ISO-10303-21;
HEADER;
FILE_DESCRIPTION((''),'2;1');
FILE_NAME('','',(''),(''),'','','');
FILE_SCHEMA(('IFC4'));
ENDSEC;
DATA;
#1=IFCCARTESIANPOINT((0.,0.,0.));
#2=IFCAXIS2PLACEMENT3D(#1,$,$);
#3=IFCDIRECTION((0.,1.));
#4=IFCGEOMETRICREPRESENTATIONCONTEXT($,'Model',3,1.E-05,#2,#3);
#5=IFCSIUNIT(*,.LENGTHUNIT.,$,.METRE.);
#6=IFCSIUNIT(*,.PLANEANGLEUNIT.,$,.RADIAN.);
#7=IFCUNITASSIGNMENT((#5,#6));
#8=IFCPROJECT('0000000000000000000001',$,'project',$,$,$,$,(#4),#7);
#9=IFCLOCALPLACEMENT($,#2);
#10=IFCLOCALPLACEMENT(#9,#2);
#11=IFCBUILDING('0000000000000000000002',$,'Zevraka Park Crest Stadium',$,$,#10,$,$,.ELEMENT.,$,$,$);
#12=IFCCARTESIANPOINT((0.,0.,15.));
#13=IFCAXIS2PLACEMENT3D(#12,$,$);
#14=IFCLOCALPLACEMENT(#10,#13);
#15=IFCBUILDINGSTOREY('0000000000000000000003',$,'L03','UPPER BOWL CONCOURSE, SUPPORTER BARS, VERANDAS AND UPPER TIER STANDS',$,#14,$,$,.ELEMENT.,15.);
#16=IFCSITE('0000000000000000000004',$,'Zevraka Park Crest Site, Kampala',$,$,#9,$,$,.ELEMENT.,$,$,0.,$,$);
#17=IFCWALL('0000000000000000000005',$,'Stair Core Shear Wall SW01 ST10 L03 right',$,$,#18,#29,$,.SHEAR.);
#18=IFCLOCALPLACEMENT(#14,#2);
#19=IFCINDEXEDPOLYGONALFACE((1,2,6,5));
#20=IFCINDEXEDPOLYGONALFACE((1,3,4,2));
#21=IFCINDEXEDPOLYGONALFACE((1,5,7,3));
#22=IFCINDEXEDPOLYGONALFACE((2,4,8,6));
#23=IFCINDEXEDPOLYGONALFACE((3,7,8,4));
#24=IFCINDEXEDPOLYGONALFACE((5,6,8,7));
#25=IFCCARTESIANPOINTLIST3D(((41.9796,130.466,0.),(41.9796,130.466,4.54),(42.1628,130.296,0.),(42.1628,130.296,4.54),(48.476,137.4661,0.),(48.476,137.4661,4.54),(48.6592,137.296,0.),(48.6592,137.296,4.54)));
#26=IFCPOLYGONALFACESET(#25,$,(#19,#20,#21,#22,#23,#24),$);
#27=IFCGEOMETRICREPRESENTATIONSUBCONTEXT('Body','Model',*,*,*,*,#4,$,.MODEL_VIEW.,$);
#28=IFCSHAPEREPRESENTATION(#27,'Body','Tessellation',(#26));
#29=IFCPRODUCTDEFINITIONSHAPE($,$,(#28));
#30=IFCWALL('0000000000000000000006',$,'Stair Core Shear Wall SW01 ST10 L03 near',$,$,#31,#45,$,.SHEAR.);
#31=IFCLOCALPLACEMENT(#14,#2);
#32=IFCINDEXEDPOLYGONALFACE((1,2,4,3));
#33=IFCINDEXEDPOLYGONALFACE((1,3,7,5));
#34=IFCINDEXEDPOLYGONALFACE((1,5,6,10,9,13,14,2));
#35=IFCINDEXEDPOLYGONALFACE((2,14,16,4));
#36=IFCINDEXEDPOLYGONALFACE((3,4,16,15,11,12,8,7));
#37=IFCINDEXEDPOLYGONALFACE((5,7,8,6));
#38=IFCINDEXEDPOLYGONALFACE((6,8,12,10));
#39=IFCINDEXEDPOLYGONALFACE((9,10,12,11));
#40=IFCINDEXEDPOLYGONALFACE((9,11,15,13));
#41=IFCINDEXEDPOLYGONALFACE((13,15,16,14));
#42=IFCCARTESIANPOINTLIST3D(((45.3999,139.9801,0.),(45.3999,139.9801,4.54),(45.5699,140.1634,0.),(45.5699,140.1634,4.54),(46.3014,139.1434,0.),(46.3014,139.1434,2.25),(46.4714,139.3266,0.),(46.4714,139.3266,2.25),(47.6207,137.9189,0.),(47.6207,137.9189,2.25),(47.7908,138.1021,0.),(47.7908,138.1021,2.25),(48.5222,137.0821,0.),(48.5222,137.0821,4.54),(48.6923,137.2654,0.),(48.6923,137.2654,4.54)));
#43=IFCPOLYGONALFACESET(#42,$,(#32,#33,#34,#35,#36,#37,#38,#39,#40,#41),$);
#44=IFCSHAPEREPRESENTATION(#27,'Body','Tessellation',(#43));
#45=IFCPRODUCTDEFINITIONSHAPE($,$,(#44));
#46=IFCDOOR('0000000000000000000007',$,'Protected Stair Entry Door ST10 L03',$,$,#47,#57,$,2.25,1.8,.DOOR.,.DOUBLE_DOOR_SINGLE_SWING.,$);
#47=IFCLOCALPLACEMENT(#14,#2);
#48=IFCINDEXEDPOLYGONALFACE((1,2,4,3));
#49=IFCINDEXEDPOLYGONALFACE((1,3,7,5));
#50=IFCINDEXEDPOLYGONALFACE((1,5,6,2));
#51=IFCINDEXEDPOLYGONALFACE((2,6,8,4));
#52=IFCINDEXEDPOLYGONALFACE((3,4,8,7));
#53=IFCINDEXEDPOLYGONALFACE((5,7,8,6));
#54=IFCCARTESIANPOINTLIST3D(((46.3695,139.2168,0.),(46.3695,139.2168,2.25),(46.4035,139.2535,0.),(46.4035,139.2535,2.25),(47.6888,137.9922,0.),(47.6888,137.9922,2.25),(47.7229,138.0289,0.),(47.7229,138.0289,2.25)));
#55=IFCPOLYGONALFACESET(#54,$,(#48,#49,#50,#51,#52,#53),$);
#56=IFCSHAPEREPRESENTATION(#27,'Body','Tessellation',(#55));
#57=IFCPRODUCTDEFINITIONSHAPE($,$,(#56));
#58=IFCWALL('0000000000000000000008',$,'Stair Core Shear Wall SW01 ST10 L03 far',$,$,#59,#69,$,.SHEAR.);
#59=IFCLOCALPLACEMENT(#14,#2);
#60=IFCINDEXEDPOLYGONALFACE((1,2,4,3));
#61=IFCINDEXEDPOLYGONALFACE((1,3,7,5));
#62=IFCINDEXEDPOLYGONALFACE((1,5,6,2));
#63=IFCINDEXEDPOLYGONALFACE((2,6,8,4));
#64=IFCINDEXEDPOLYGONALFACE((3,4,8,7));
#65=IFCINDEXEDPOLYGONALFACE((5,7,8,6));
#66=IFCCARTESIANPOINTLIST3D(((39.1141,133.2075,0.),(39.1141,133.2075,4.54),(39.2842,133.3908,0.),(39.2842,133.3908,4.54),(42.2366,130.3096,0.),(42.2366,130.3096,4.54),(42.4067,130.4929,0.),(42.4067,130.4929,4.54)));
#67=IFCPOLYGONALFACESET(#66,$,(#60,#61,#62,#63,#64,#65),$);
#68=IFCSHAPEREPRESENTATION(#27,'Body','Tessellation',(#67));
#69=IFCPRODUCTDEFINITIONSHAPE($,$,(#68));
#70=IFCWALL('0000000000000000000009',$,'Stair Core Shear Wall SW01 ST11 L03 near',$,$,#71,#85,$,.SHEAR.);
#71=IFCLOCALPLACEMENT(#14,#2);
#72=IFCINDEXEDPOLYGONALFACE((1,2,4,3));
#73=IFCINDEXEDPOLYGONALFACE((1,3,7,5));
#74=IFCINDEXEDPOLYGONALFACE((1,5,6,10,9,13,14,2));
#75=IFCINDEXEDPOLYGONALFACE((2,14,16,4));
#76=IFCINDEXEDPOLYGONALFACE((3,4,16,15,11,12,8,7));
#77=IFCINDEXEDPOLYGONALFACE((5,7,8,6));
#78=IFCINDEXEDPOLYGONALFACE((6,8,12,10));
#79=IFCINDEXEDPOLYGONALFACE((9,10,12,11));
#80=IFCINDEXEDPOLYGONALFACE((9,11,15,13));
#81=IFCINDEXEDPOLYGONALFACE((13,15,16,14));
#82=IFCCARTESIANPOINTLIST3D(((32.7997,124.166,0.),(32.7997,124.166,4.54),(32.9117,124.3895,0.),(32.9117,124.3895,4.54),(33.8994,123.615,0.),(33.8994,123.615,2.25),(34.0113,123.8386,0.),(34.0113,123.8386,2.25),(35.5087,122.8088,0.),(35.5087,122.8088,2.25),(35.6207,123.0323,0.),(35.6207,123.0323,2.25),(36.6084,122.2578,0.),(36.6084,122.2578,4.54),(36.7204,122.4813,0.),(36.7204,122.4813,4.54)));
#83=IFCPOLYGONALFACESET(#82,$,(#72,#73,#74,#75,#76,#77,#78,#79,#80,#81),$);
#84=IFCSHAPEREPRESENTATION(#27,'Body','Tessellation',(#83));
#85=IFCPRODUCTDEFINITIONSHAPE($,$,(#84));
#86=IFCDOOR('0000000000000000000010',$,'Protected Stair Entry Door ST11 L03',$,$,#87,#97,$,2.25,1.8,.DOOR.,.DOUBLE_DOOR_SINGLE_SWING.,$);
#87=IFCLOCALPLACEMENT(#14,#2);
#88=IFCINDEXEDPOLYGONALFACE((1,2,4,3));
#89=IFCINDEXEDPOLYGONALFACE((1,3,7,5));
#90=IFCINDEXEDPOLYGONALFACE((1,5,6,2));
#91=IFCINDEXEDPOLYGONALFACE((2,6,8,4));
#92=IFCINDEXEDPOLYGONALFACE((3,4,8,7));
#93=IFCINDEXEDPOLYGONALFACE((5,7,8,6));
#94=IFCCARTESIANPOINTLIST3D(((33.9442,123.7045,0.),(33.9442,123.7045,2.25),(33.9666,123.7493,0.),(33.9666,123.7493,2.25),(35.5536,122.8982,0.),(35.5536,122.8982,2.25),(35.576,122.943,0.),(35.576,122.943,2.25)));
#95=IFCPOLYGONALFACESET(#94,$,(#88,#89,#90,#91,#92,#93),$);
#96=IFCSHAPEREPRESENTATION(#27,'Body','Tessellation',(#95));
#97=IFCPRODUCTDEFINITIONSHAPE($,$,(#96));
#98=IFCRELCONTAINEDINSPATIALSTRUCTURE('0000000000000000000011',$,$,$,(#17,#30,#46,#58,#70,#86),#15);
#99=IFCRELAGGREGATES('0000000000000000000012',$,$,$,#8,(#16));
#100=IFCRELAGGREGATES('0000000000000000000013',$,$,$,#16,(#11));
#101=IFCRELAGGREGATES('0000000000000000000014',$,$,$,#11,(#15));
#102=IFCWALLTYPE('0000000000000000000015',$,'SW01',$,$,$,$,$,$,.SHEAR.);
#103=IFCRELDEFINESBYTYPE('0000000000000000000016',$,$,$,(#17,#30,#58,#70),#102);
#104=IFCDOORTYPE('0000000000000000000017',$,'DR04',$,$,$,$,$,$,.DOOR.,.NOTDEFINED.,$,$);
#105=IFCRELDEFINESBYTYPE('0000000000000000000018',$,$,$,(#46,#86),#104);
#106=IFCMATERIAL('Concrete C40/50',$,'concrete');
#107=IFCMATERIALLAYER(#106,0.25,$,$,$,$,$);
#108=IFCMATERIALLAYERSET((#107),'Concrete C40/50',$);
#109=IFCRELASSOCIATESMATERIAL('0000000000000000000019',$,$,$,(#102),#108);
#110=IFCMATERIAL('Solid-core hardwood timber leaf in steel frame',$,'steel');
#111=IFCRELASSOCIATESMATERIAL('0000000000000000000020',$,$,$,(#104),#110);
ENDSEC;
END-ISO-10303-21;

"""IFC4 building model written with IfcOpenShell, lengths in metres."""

from ifc_helpers import new_model, si_unit, direction, frame, frame_2d, origin, place, context, subcontext, project, spatial, rectangle, extrude, material, layer, layer_set, type_object, element, fill, save


model = new_model("IFC4")

# Units and contexts
model_context = context("Model", 3, precision=1e-05, world=origin(), true_north=direction((0.0, 1.0)))
body_context = subcontext(model_context, "Body", "Model", "MODEL_VIEW")
ifc_project = project(units=[si_unit("LENGTHUNIT", "METRE"), si_unit("PLANEANGLEUNIT", "RADIAN")], contexts=[model_context])

# Site, building, storey
site_placement = place(None, origin())
site = spatial("IfcSite", under=ifc_project, at=site_placement, Name="Zevraka Park Crest Site, Kampala", CompositionType="ELEMENT", RefElevation=0.0)
building_placement = place(site_placement, origin())
building = spatial("IfcBuilding", under=site, at=building_placement, Name="Zevraka Park Crest Stadium", CompositionType="ELEMENT")
storey_placement = place(building_placement, frame((0.0, 0.0, 15.0)))
storey = spatial("IfcBuildingStorey", under=building, at=storey_placement, Name="L03", Description="UPPER BOWL CONCOURSE, SUPPORTER BARS, VERANDAS AND UPPER TIER STANDS", CompositionType="ELEMENT", Elevation=15.0)

# Wall
ifc_material_1 = material(Name="Concrete C40/50", Category="concrete")
ifc_layer_1 = layer(ifc_material_1, 0.25)
ifc_layer_set_1 = layer_set([ifc_layer_1], Name="Concrete C40/50")
wall_type = type_object("IfcWallType", Name="SW01", PredefinedType="SHEAR", material=ifc_layer_set_1)
wall_1_placement = place(storey_placement, frame((42.0713, 130.3811, 0.0), z_axis=(0.0, 0.0, 1.0), x_axis=(0.680245, 0.732985, 0.0)))
element("IfcWall", 1, at=wall_1_placement, inside=storey, type_object=wall_type, Name="Stair Core Shear Wall SW01 ST10 L03 right", PredefinedType="SHEAR", context=body_context, shape_type="SweptSolid", body=[
    extrude(rectangle(XDim=9.55, YDim=0.25, at=frame_2d((4.7749, 0.0))), origin(), (0.0, 0.0, 1.0), 4.54),
])

# Wall, opening, door
wall_2_placement = place(storey_placement, frame((48.6072, 137.1738, 0.0), z_axis=(0.0, 0.0, 1.0), x_axis=(-0.732951, 0.680282, 0.0)))
wall_2 = element("IfcWall", 2, at=wall_2_placement, inside=storey, type_object=wall_type, Name="Stair Core Shear Wall SW01 ST10 L03 near", PredefinedType="SHEAR", context=body_context, shape_type="SweptSolid", body=[
    extrude(rectangle(XDim=4.26, YDim=0.25, at=frame_2d((2.1299, 0.0))), origin(), (0.0, 0.0, 1.0), 4.54),
])
opening_1_placement = place(wall_2_placement, frame((1.23, 0.0, 0.0)))
opening_1 = element("IfcOpeningElement", 3, at=opening_1_placement, cuts=wall_2, PredefinedType="OPENING", context=body_context, shape_type="SweptSolid", body=[
    extrude(rectangle(XDim=1.8, YDim=2.25, at=frame_2d((0.8999, 1.125))), frame((0.0, 0.135, 0.0), z_axis=(0.0, -1.0, 0.0), x_axis=(1.0, 0.0, 0.0)), (0.0, 0.0, 1.0), 0.27),
])
ifc_material_2 = material(Name="Solid-core hardwood timber leaf in steel frame", Category="steel")
door_type = type_object("IfcDoorType", Name="DR04", OperationType="NOTDEFINED", PredefinedType="DOOR", material=ifc_material_2)
door_1_placement = place(opening_1_placement, origin())
door_1 = element("IfcDoor", 4, at=door_1_placement, inside=storey, type_object=door_type, Name="Protected Stair Entry Door ST10 L03", OperationType="DOUBLE_DOOR_SINGLE_SWING", OverallHeight=2.25, OverallWidth=1.8, PredefinedType="DOOR", context=body_context, shape_type="SweptSolid", body=[
    extrude(rectangle(XDim=1.8, YDim=2.25, at=frame_2d((0.8999, 1.125))), frame((0.0, 0.0249, 0.0), z_axis=(0.0, -1.0, 0.0), x_axis=(1.0, 0.0, 0.0)), (0.0, 0.0, 1.0), 0.05),
])
fill(opening_1, door_1)

# Wall
wall_3_placement = place(storey_placement, frame((39.1992, 133.2991, 0.0), z_axis=(0.0, 0.0, 1.0), x_axis=(0.732977, -0.680253, 0.0)))
element("IfcWall", 5, at=wall_3_placement, inside=storey, type_object=wall_type, Name="Stair Core Shear Wall SW01 ST10 L03 far", PredefinedType="SHEAR", context=body_context, shape_type="SweptSolid", body=[
    extrude(rectangle(XDim=4.26, YDim=0.25, at=frame_2d((2.1299, 0.0))), origin(), (0.0, 0.0, 1.0), 4.54),
])

# Wall, opening, door
wall_4_placement = place(storey_placement, frame((36.6643, 122.3696, 0.0), z_axis=(0.0, 0.0, 1.0), x_axis=(-0.894072, 0.447924, 0.0)))
wall_4 = element("IfcWall", 6, at=wall_4_placement, inside=storey, type_object=wall_type, Name="Stair Core Shear Wall SW01 ST11 L03 near", PredefinedType="SHEAR", context=body_context, shape_type="SweptSolid", body=[
    extrude(rectangle(XDim=4.26, YDim=0.25, at=frame_2d((2.1299, 0.0))), origin(), (0.0, 0.0, 1.0), 4.54),
])
opening_2_placement = place(wall_4_placement, frame((1.23, 0.0, 0.0)))
opening_2 = element("IfcOpeningElement", 7, at=opening_2_placement, cuts=wall_4, PredefinedType="OPENING", context=body_context, shape_type="SweptSolid", body=[
    extrude(rectangle(XDim=1.8, YDim=2.25, at=frame_2d((0.8999, 1.125))), frame((0.0, 0.135, 0.0), z_axis=(0.0, -1.0, 0.0), x_axis=(1.0, 0.0, 0.0)), (0.0, 0.0, 1.0), 0.27),
])
door_2_placement = place(opening_2_placement, origin())
door_2 = element("IfcDoor", 8, at=door_2_placement, inside=storey, type_object=door_type, Name="Protected Stair Entry Door ST11 L03", OperationType="DOUBLE_DOOR_SINGLE_SWING", OverallHeight=2.25, OverallWidth=1.8, PredefinedType="DOOR", context=body_context, shape_type="SweptSolid", body=[
    extrude(rectangle(XDim=1.8, YDim=2.25, at=frame_2d((0.8999, 1.125))), frame((0.0, 0.0249, 0.0), z_axis=(0.0, -1.0, 0.0), x_axis=(1.0, 0.0, 0.0)), (0.0, 0.0, 1.0), 0.05),
])
fill(opening_2, door_2)

save(model, "model.ifc")
